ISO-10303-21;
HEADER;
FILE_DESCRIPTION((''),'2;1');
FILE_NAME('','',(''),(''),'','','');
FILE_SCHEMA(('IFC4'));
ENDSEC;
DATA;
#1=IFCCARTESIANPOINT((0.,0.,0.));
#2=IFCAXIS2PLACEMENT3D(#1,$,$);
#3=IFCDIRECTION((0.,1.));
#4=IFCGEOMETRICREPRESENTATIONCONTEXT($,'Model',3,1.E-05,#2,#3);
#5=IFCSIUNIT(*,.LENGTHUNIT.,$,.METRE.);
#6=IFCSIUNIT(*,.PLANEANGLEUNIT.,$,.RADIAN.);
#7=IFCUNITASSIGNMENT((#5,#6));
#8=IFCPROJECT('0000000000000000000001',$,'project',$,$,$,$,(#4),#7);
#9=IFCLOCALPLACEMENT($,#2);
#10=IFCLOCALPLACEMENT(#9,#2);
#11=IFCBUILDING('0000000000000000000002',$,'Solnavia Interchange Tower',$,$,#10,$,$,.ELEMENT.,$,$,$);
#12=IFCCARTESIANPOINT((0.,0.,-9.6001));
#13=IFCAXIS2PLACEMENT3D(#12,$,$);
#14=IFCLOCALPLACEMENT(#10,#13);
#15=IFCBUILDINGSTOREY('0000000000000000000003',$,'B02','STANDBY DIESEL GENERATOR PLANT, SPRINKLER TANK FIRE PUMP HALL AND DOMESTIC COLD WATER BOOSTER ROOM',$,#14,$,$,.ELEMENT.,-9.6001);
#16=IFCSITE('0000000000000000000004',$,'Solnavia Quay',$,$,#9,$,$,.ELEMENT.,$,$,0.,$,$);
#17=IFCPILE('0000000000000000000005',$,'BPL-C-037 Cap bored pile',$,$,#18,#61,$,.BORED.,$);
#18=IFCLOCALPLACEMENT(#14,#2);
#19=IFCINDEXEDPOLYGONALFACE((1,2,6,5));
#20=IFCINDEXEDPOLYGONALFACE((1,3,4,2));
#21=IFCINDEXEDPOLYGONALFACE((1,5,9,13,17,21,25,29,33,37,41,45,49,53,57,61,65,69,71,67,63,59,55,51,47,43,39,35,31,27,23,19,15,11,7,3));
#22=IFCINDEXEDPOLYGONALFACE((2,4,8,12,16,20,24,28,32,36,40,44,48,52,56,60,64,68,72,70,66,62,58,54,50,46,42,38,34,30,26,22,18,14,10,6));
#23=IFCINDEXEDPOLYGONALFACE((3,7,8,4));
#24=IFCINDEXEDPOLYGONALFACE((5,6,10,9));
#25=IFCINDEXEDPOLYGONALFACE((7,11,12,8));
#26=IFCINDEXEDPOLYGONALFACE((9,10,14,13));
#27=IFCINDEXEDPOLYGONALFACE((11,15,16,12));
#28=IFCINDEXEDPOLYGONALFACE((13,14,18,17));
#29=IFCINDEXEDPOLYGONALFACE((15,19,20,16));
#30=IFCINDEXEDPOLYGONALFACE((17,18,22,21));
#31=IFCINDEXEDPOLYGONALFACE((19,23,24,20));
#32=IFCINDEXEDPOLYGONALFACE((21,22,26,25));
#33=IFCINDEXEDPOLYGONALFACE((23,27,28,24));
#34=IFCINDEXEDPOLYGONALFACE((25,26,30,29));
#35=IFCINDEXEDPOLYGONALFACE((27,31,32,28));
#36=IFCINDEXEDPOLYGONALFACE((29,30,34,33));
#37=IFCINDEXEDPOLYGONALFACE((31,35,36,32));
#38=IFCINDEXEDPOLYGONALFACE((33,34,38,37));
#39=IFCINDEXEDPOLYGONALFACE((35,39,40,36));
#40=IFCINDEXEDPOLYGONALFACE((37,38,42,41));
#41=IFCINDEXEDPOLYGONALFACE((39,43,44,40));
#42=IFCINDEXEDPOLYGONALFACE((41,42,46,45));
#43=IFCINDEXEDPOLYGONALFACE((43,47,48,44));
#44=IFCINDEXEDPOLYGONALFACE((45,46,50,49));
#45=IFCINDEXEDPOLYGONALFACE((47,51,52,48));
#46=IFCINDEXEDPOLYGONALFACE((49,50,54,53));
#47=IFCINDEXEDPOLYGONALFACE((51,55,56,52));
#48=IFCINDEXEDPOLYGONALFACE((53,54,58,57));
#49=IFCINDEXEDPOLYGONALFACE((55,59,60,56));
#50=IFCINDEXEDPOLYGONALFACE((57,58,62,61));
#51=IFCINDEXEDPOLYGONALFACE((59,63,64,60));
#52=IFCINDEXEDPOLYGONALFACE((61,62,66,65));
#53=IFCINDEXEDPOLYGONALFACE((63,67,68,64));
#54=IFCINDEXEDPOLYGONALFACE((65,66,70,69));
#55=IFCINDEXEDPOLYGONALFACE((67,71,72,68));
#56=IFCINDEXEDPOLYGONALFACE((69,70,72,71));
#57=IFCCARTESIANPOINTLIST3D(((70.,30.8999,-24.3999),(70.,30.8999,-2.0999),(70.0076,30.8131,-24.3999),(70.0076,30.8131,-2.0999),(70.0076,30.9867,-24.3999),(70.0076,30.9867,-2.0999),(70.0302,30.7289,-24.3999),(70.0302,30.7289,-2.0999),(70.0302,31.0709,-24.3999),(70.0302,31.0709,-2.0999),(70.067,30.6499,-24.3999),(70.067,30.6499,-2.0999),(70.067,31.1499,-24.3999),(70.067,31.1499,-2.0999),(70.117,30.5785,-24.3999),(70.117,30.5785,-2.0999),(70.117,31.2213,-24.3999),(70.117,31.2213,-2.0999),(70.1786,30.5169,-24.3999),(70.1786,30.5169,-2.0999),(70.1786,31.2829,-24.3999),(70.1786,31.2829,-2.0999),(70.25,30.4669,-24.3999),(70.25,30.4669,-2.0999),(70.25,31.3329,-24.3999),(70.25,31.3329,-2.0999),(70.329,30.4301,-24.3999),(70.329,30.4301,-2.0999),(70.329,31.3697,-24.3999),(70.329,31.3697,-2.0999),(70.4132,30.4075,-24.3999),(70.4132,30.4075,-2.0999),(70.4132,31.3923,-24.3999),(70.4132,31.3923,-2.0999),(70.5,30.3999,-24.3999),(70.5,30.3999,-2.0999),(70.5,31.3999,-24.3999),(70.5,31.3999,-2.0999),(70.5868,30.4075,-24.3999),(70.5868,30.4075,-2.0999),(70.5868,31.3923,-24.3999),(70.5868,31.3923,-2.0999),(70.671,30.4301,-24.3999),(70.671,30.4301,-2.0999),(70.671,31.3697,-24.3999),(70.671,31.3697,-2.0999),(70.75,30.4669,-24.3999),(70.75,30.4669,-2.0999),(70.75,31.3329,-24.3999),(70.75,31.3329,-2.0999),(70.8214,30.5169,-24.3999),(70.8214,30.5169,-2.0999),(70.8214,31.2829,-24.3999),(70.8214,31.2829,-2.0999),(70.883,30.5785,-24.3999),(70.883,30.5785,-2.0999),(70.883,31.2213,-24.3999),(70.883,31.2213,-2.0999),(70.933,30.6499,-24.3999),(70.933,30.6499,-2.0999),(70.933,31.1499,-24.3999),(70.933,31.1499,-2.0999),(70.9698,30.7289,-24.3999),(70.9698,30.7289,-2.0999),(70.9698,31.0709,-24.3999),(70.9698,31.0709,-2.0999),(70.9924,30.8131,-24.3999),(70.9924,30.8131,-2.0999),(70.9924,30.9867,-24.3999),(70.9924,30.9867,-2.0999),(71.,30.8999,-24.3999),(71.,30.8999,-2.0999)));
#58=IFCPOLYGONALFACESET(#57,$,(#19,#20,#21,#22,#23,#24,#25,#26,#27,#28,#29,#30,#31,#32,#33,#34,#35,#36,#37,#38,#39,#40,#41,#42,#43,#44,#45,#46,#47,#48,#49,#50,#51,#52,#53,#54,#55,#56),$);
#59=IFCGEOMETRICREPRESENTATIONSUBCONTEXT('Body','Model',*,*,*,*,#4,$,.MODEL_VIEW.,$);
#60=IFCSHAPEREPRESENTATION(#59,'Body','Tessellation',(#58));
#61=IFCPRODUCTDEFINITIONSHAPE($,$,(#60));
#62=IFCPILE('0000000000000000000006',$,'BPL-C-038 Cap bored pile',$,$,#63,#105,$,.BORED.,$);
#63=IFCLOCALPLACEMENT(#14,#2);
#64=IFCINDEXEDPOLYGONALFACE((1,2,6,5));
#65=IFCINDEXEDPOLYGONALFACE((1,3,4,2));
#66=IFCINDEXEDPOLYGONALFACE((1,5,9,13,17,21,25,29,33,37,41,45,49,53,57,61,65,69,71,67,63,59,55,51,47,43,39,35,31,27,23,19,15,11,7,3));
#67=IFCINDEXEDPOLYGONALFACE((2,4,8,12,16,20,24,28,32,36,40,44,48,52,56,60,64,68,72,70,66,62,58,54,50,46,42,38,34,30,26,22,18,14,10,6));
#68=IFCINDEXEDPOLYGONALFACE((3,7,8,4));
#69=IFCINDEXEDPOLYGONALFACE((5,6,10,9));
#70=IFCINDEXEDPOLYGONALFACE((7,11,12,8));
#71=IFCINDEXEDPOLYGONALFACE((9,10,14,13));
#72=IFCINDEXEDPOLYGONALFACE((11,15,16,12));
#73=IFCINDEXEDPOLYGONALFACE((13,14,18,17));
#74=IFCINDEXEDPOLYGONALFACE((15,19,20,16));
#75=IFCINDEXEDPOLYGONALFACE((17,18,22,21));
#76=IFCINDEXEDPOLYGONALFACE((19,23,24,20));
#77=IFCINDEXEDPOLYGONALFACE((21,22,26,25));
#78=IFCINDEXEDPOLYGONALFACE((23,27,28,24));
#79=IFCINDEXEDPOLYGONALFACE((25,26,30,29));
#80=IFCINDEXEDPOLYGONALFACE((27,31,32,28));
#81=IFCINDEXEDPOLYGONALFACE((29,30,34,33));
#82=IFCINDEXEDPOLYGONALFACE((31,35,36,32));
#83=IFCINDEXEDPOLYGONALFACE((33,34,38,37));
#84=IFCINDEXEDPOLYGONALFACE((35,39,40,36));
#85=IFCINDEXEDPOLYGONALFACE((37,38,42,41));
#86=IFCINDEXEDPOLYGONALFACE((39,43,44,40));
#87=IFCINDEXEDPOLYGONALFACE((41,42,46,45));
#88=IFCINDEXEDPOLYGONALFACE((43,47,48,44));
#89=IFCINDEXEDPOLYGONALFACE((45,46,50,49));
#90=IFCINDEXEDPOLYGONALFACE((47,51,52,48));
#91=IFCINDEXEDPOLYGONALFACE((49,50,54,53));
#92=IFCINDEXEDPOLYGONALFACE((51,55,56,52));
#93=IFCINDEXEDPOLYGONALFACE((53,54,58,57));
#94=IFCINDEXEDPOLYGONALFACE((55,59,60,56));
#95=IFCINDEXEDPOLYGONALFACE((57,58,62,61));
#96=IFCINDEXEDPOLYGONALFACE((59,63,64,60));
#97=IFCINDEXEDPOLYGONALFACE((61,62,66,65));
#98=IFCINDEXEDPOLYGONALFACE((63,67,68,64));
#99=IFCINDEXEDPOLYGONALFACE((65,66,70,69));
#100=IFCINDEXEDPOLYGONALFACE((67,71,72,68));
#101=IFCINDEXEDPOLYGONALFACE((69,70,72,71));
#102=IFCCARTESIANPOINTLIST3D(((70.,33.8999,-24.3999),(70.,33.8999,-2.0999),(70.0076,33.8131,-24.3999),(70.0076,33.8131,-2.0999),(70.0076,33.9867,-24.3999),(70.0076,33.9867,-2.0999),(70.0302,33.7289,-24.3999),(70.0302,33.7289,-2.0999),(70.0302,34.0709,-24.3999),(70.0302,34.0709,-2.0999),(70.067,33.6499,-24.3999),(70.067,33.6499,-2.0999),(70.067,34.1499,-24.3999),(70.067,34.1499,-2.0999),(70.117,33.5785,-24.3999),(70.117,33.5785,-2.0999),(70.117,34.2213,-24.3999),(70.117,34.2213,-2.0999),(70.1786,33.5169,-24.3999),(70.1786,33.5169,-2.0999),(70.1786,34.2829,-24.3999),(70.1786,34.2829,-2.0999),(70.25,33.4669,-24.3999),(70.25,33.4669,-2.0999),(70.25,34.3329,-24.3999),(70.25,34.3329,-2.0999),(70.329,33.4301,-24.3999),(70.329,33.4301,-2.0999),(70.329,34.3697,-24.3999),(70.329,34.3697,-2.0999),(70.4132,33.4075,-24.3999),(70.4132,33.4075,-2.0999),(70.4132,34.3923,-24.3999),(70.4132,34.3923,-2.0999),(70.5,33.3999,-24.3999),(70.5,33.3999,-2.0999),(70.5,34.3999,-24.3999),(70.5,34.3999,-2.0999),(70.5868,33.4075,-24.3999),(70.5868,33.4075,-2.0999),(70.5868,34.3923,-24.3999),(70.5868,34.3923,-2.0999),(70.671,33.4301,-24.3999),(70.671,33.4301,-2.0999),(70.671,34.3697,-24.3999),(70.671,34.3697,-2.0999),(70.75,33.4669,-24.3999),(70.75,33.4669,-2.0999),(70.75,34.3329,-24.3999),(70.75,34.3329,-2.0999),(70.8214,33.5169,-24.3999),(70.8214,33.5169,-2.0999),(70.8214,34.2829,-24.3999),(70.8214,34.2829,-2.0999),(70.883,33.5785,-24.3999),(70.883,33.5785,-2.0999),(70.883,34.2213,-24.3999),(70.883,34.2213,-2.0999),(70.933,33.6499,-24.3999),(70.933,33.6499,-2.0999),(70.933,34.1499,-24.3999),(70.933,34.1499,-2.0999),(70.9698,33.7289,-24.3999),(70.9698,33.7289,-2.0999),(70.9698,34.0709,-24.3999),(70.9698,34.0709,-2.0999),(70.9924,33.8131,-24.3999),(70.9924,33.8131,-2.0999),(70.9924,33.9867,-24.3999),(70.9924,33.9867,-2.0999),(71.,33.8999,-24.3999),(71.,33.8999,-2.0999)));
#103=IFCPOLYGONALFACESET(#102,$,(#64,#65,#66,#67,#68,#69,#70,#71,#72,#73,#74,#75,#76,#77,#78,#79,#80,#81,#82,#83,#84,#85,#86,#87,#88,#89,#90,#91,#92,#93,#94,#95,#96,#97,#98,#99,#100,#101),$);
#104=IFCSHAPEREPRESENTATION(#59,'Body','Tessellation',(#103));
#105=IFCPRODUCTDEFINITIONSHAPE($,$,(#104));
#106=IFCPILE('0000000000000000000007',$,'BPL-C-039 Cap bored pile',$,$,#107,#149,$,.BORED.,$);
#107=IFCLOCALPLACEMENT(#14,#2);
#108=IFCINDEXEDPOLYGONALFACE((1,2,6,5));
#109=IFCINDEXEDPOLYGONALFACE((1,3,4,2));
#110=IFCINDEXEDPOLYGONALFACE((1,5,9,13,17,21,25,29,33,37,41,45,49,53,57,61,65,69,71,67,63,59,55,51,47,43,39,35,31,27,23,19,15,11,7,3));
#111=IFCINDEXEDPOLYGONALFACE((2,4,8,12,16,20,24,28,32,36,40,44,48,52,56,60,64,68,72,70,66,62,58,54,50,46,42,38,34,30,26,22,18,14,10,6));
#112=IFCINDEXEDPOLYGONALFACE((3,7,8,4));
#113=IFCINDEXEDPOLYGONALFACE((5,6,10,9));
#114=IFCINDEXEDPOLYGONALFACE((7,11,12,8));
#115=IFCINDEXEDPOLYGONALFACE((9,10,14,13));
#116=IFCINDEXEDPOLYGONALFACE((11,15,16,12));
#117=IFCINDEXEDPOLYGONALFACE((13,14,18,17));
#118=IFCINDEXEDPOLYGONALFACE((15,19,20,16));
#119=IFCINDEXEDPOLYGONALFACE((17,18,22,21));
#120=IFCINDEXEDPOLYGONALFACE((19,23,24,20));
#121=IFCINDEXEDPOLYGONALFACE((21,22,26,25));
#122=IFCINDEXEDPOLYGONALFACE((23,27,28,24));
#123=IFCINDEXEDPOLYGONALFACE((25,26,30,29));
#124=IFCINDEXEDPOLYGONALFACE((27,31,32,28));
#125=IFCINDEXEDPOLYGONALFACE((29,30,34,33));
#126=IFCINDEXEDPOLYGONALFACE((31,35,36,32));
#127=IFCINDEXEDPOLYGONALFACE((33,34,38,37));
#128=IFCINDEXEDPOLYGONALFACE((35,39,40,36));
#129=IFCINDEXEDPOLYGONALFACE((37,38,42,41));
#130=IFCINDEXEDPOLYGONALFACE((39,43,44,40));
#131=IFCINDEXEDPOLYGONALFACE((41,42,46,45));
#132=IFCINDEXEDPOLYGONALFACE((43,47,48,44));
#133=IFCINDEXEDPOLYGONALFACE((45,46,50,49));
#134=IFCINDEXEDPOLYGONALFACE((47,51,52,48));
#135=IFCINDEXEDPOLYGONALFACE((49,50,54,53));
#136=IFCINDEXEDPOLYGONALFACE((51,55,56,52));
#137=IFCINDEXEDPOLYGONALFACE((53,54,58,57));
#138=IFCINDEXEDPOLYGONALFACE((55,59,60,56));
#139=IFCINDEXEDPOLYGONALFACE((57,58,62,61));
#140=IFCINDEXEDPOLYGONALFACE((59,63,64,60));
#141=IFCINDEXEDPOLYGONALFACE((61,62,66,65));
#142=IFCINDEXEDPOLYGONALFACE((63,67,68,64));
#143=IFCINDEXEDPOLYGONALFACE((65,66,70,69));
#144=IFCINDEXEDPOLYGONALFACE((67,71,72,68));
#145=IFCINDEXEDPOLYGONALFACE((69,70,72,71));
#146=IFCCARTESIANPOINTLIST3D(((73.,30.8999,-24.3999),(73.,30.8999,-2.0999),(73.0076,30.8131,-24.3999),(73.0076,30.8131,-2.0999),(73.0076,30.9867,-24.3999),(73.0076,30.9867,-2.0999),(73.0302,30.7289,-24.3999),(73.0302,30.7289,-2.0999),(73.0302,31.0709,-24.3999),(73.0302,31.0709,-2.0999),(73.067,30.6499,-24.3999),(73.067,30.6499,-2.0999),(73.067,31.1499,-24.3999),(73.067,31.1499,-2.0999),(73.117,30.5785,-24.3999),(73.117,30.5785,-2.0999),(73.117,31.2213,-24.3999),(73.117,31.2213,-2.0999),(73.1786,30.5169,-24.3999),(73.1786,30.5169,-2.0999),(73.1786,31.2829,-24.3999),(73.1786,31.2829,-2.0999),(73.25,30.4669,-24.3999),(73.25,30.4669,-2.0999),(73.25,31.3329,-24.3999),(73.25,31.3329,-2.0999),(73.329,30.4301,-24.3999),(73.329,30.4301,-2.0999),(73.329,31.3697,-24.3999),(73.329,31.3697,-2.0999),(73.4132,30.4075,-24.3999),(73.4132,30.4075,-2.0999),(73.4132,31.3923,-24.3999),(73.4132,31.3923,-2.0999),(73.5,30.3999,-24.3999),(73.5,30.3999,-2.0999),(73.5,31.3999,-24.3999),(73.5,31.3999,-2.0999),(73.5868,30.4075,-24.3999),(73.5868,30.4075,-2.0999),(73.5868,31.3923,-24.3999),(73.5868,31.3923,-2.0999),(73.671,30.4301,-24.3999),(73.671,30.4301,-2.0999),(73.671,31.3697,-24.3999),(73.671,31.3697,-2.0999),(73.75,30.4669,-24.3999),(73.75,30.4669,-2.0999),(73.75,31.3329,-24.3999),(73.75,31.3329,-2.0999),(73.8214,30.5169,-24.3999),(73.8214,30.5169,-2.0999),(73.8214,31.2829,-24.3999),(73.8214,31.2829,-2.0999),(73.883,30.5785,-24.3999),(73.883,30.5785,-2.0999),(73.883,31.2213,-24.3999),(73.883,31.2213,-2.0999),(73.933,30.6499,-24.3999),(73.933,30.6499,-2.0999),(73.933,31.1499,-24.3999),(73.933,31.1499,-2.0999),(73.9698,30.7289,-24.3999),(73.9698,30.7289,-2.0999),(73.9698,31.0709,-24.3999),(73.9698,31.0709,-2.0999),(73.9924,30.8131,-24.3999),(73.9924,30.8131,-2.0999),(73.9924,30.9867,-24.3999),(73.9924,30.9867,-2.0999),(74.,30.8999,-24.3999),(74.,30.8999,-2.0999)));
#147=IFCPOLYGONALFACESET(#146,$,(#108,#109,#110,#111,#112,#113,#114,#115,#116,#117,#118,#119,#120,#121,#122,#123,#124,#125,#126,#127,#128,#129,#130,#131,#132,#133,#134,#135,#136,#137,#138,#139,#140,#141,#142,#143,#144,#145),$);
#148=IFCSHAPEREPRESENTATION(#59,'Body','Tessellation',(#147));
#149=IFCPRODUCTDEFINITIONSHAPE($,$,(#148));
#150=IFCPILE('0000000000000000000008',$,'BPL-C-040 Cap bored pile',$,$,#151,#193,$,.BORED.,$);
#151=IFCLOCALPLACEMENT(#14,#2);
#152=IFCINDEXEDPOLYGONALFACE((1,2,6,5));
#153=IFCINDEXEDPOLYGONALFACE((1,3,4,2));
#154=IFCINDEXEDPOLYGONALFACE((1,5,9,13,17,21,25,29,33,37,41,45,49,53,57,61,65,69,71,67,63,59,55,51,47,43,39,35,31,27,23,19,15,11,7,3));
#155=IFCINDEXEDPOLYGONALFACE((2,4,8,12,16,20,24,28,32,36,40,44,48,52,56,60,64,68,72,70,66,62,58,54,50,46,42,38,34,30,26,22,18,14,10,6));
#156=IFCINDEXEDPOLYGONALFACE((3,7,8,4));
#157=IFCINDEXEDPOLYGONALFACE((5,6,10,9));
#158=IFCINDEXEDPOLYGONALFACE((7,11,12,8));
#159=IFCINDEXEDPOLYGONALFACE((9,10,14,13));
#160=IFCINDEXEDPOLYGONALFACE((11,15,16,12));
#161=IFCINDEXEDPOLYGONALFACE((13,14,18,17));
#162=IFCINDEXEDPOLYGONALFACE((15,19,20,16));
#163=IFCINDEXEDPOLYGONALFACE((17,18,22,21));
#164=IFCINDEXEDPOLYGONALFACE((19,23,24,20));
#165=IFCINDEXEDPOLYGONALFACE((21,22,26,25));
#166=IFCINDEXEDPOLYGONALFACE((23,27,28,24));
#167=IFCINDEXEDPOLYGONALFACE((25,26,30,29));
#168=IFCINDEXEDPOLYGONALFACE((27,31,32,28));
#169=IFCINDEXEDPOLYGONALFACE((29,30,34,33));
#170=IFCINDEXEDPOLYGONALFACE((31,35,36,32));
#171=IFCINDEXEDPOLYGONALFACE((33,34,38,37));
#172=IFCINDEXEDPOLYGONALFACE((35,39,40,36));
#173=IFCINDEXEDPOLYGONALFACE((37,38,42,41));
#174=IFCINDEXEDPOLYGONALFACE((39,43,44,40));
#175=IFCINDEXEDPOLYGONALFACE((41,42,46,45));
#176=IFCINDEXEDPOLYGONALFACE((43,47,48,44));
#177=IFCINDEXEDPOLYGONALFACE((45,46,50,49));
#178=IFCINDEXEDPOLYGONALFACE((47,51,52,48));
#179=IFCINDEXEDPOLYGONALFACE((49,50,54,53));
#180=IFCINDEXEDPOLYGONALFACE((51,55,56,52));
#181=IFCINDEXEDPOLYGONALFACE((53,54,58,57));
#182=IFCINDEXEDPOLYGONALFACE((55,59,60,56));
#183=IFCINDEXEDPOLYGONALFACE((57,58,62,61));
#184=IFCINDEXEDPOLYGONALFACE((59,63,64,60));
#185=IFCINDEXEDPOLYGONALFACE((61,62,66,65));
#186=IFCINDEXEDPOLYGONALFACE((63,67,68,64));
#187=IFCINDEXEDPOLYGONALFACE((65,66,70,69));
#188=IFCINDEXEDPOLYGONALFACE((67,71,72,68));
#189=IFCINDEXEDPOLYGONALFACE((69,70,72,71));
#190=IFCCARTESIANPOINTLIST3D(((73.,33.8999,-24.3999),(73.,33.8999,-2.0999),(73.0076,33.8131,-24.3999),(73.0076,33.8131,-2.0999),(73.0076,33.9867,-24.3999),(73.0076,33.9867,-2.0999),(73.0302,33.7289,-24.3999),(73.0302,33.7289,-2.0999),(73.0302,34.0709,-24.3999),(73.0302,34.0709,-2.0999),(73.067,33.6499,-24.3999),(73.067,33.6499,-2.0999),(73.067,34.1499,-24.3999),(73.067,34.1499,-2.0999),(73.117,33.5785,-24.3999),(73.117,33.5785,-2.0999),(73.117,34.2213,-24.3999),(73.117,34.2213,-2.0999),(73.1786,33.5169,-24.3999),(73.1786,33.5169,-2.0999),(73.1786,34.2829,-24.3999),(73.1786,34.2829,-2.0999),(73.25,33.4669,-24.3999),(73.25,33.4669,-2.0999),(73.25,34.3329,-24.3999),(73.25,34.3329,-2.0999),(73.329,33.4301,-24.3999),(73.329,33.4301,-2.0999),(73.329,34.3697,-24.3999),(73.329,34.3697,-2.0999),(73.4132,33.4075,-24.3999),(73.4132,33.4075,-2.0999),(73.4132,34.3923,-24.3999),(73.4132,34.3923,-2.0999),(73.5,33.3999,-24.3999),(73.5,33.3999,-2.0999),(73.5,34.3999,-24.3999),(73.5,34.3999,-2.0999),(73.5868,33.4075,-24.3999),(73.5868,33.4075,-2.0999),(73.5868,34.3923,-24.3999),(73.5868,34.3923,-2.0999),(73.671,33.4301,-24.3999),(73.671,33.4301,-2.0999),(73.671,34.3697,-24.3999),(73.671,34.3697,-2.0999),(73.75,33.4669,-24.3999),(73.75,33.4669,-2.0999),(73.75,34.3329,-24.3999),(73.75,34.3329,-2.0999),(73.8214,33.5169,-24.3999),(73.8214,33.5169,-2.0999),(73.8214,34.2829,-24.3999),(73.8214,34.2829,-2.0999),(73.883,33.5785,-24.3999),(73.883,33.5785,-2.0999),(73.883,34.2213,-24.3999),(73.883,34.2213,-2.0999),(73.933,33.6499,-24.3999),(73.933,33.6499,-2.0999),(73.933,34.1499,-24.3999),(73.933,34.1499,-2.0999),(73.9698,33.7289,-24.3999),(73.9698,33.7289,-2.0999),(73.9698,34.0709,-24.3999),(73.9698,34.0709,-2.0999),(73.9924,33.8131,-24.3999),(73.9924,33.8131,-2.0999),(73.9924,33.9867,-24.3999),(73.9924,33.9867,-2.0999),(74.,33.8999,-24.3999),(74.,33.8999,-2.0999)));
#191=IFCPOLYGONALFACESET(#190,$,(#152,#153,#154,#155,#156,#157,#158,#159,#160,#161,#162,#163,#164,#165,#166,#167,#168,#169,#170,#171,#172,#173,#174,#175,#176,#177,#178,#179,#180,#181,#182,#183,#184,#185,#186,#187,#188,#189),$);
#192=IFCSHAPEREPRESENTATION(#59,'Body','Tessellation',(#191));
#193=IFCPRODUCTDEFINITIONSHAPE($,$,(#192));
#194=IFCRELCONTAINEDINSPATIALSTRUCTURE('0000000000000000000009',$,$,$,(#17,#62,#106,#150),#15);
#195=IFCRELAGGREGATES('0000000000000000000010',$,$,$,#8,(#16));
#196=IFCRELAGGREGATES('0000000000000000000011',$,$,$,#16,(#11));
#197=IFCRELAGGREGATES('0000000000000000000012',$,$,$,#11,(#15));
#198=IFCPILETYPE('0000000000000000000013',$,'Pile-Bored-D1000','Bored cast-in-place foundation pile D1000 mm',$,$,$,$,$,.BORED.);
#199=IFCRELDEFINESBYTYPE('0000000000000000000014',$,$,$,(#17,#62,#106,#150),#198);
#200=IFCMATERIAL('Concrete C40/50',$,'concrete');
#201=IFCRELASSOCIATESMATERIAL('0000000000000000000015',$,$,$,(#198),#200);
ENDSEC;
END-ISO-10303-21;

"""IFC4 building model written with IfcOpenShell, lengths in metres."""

from ifc_helpers import new_model, si_unit, direction, frame, origin, origin_2d, place, context, subcontext, project, spatial, circle, extrude, material, material_profile, profile_set, type_object, element, save


model = new_model("IFC4")

# Units and contexts
model_context = context("Model", 3, precision=1e-05, world=origin(), true_north=direction((0.0, 1.0)))
body_context = subcontext(model_context, "Body", "Model", "MODEL_VIEW")
ifc_project = project(units=[si_unit("LENGTHUNIT", "METRE"), si_unit("PLANEANGLEUNIT", "RADIAN")], contexts=[model_context])

# Site, building, storey
site_placement = place(None, origin())
site = spatial("IfcSite", under=ifc_project, at=site_placement, Name="Solnavia Quay", CompositionType="ELEMENT", RefElevation=0.0)
building_placement = place(site_placement, origin())
building = spatial("IfcBuilding", under=site, at=building_placement, Name="Solnavia Interchange Tower", CompositionType="ELEMENT")
storey_placement = place(building_placement, frame((0.0, 0.0, -9.6001)))
storey = spatial("IfcBuildingStorey", under=building, at=storey_placement, Name="B02", Description="STANDBY DIESEL GENERATOR PLANT, SPRINKLER TANK FIRE PUMP HALL AND DOMESTIC COLD WATER BOOSTER ROOM", CompositionType="ELEMENT", Elevation=-9.6001)

# Shared definitions
ifc_material_1 = material(Name="Concrete C40/50", Category="concrete")

# Piles
ifc_material_profile_1 = material_profile(ifc_material_1, circle(Radius=0.5, at=origin_2d()), Name="PILE D1000")
ifc_profile_set_1 = profile_set([ifc_material_profile_1], Name="Concrete C40/50")
pile_type = type_object("IfcPileType", Name="Pile-Bored-D1000", Description="Bored cast-in-place foundation pile D1000 mm", PredefinedType="BORED", material=ifc_profile_set_1)
for number, where, z_axis, x_axis, name in (
    (1, (70.5, 30.8999, -2.0999), (0.0, 0.0, -1.0), (1.0, 0.0, 0.0), "BPL-C-037 Cap bored pile"),
    (2, (70.5, 33.8999, -2.0999), (0.0, 0.0, -1.0), (1.0, 0.0, 0.0), "BPL-C-038 Cap bored pile"),
    (3, (73.5, 30.8999, -2.0999), (0.0, 0.0, -1.0), (1.0, 0.0, 0.0), "BPL-C-039 Cap bored pile"),
    (4, (73.5, 33.8999, -2.0999), (0.0, 0.0, -1.0), (1.0, 0.0, 0.0), "BPL-C-040 Cap bored pile"),
):
    element("IfcPile", number, at=place(storey_placement, frame(where, z_axis=z_axis, x_axis=x_axis)), inside=storey, type_object=pile_type, Name=name, PredefinedType="BORED", context=body_context, shape_type="SweptSolid", body=[
        extrude(circle(Radius=0.5, at=origin_2d()), origin(), (0.0, 0.0, 1.0), 22.3),
    ])

save(model, "model.ifc")
